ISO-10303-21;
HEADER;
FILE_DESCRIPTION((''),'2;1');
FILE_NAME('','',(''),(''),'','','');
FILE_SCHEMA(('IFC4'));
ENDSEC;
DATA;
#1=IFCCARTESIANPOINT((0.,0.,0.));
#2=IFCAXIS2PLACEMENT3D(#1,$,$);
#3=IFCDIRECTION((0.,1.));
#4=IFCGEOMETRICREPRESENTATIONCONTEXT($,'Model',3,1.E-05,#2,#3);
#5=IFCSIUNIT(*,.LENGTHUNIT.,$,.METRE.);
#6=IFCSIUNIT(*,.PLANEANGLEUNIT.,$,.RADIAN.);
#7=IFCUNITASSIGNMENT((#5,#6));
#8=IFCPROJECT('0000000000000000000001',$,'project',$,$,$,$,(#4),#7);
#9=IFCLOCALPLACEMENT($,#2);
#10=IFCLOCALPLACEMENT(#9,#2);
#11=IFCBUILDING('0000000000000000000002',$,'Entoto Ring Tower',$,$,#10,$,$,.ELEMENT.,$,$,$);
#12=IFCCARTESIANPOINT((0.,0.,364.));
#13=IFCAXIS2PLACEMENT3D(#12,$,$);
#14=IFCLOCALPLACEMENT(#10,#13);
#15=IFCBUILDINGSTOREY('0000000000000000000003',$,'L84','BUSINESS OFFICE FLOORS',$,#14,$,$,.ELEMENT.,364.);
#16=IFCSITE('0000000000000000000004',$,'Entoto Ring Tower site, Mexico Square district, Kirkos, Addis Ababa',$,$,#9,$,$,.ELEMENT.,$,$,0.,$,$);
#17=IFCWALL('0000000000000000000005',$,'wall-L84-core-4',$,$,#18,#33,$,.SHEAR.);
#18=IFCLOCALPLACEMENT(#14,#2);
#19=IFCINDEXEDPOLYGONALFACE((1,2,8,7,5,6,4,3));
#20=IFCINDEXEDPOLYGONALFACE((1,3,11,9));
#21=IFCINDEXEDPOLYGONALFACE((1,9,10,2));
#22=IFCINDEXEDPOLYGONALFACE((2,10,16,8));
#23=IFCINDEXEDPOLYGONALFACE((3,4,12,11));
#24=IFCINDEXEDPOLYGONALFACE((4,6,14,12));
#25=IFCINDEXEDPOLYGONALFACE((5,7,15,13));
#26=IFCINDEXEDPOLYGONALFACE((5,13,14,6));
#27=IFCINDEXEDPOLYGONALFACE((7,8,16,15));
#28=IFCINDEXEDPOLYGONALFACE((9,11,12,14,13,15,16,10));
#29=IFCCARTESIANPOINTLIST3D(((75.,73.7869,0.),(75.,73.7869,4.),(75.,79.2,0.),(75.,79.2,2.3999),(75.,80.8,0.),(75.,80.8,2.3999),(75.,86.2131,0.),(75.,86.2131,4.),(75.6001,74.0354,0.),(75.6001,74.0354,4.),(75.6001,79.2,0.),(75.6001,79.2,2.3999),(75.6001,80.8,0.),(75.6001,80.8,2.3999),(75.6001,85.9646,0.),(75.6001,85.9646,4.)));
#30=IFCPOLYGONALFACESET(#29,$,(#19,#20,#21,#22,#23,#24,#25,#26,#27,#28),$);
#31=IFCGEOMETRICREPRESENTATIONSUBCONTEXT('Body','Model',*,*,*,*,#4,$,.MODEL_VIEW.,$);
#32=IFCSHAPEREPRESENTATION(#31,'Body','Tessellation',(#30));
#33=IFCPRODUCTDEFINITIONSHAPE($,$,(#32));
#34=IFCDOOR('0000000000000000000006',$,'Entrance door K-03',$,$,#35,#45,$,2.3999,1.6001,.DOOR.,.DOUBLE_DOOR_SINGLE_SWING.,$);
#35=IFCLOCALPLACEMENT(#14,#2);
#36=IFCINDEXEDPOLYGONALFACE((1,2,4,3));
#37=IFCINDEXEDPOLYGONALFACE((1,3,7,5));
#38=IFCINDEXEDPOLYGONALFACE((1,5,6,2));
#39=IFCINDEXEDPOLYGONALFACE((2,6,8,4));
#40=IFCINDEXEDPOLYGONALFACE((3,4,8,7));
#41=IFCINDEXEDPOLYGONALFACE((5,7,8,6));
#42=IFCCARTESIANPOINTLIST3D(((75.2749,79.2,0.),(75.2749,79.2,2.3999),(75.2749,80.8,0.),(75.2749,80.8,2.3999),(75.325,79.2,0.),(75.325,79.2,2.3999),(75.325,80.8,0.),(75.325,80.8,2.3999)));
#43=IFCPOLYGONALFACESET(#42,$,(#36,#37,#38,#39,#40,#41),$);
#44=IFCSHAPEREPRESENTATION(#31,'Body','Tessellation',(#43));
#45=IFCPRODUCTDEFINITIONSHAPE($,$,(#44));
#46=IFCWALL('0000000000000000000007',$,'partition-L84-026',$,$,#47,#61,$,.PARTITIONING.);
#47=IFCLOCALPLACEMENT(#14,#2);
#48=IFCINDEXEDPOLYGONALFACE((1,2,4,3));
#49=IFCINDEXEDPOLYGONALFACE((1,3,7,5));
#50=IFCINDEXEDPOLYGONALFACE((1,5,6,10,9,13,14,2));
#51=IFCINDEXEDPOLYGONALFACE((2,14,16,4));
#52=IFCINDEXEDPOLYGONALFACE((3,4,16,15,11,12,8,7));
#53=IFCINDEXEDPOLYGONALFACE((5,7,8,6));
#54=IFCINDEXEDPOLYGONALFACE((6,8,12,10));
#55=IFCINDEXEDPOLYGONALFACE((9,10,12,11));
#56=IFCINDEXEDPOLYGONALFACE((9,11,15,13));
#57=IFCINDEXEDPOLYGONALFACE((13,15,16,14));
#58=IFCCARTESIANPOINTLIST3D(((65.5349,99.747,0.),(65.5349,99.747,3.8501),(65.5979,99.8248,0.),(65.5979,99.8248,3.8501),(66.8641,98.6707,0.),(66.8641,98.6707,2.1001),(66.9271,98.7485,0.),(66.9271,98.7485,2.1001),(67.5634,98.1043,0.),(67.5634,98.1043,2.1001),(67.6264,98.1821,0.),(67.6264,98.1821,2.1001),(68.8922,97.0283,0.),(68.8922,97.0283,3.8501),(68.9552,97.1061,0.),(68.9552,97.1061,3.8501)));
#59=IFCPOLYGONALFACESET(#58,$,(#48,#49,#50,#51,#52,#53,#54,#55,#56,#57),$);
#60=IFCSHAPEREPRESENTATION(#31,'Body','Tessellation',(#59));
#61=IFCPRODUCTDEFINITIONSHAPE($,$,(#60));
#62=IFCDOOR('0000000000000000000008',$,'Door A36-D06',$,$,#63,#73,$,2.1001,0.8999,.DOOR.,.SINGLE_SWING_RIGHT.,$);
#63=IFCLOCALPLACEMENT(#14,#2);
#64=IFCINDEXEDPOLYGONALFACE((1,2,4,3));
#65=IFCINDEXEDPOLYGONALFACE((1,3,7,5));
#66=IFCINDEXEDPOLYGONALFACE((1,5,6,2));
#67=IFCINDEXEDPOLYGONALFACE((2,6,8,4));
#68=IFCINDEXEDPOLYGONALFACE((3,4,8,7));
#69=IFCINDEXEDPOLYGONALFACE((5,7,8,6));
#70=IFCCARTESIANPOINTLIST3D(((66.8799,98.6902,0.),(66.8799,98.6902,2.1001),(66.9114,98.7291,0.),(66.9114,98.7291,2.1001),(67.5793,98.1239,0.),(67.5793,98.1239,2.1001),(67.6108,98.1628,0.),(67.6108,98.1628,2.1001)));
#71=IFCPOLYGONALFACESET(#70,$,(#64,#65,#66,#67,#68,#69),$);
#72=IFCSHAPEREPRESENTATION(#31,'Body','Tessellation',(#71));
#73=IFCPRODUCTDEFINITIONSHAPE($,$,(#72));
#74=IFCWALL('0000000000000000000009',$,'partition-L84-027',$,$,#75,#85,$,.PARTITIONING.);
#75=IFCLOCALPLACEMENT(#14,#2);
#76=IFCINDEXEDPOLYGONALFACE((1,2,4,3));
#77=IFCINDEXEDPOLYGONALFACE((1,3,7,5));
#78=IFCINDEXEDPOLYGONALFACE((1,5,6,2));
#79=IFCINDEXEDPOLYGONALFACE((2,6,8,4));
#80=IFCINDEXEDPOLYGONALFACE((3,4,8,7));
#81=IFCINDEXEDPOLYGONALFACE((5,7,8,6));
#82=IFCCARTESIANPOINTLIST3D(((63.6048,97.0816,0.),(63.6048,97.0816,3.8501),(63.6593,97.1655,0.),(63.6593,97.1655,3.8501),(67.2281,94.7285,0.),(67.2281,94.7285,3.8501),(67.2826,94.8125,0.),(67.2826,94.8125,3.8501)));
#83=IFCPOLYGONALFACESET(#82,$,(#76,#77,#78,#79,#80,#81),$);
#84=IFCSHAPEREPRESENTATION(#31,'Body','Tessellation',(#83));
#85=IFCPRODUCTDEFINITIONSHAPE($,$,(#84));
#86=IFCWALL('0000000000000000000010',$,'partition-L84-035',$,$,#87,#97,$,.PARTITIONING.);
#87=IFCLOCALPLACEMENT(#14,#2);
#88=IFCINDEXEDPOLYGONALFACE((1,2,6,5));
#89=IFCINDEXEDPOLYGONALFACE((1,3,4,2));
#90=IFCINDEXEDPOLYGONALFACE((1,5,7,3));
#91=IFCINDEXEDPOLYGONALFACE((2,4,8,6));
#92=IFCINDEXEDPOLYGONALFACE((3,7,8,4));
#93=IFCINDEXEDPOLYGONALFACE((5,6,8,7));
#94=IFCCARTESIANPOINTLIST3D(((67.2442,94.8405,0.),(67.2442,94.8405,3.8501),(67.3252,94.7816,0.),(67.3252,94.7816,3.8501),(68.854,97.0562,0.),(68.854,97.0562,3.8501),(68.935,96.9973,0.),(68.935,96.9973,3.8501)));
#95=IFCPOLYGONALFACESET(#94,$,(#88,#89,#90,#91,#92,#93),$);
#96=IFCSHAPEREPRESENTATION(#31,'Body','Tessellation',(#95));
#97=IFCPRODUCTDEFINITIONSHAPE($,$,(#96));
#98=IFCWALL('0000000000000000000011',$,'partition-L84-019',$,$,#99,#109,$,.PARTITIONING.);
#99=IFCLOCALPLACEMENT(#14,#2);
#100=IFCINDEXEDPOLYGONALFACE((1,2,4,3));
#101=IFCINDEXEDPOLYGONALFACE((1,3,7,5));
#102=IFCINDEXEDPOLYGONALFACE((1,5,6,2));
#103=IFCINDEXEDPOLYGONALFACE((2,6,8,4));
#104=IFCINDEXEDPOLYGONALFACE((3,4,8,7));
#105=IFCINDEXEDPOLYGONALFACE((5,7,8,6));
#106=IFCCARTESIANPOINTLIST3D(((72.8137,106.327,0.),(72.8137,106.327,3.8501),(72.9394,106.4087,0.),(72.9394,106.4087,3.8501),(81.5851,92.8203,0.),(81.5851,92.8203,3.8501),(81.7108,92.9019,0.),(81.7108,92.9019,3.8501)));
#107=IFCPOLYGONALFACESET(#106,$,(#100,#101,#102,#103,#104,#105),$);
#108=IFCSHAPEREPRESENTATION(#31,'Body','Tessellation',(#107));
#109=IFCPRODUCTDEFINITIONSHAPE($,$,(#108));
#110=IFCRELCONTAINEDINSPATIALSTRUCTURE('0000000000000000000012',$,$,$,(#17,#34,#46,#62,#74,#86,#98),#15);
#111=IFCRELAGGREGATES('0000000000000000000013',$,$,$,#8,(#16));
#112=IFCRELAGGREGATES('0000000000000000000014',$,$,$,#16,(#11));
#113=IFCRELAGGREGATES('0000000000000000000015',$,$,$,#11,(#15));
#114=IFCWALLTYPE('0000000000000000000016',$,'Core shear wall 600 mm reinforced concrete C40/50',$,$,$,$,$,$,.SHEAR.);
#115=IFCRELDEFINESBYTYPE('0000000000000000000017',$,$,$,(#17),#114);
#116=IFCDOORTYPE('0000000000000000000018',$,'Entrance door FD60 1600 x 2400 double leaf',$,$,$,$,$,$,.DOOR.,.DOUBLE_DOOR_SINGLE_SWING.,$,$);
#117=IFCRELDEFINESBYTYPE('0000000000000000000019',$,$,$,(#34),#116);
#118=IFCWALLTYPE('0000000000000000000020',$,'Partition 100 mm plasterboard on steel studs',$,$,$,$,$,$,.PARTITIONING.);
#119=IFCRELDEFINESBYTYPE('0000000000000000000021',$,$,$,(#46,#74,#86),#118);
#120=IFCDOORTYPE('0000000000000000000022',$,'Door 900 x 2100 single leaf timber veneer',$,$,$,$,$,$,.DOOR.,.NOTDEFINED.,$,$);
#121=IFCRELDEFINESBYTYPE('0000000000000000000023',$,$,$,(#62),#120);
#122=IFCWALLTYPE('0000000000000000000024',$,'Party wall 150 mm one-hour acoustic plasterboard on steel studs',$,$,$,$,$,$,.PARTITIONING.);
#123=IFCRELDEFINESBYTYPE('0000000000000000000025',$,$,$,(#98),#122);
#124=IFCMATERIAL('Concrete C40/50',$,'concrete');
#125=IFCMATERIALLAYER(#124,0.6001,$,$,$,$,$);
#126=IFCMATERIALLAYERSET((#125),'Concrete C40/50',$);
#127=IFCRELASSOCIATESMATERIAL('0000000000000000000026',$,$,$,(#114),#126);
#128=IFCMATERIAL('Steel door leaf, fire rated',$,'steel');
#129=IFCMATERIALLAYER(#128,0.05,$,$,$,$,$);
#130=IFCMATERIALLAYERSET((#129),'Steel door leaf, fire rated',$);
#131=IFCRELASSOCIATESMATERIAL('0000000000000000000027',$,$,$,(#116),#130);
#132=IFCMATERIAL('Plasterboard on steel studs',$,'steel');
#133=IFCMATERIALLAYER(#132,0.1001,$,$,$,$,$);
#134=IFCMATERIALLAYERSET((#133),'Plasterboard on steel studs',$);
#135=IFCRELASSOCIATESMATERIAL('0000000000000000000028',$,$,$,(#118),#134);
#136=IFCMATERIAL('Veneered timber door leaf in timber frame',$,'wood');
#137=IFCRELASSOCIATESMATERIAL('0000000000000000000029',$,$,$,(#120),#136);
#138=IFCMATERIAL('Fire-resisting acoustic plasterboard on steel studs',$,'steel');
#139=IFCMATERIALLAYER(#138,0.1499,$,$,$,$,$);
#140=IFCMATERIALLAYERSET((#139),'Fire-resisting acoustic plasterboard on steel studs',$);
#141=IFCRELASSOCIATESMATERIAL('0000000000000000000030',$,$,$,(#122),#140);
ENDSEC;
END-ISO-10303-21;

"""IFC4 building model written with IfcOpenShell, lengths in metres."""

from ifc_helpers import new_model, si_unit, direction, frame, frame_2d, origin, place, context, subcontext, project, spatial, polyline, rectangle, outline, extrude, material, layer, layer_set, type_object, element, fill, save


model = new_model("IFC4")

# Units and contexts
model_context = context("Model", 3, precision=1e-05, world=origin(), true_north=direction((0.0, 1.0)))
body_context = subcontext(model_context, "Body", "Model", "MODEL_VIEW")
ifc_project = project(units=[si_unit("LENGTHUNIT", "METRE"), si_unit("PLANEANGLEUNIT", "RADIAN")], contexts=[model_context])

# Site, building, storey
site_placement = place(None, origin())
site = spatial("IfcSite", under=ifc_project, at=site_placement, Name="Entoto Ring Tower site, Mexico Square district, Kirkos, Addis Ababa", CompositionType="ELEMENT", RefElevation=0.0)
building_placement = place(site_placement, origin())
building = spatial("IfcBuilding", under=site, at=building_placement, Name="Entoto Ring Tower", CompositionType="ELEMENT")
storey_placement = place(building_placement, frame((0.0, 0.0, 364.0)))
storey = spatial("IfcBuildingStorey", under=building, at=storey_placement, Name="L84", Description="BUSINESS OFFICE FLOORS", CompositionType="ELEMENT", Elevation=364.0)

# Shared definitions
ifc_material_1 = material(Name="Concrete C40/50", Category="concrete")
ifc_layer_1 = layer(ifc_material_1, 0.6001)
ifc_layer_set_1 = layer_set([ifc_layer_1], Name="Concrete C40/50")
wall_type_1 = type_object("IfcWallType", Name="Core shear wall 600 mm reinforced concrete C40/50", PredefinedType="SHEAR", material=ifc_layer_set_1)

# Walls, openings, doors
wall_1_placement = place(storey_placement, frame((75.3, 86.0889, 0.0), z_axis=(0.0, 0.0, 1.0), x_axis=(0.0, -1.0, 0.0)))
wall_1 = element("IfcWall", 1, at=wall_1_placement, inside=storey, type_object=wall_type_1, Name="wall-L84-core-4", PredefinedType="SHEAR", context=body_context, shape_type="SweptSolid", body=[
    extrude(outline(polyline([(-0.1243, -0.3), (12.302, -0.3), (12.0535, 0.3), (0.1243, 0.3), (-0.1243, -0.3)])), origin(), (0.0, 0.0, 1.0), 4.0),
])
opening_1_placement = place(wall_1_placement, frame((5.2888, 0.0, 0.0)))
opening_1 = element("IfcOpeningElement", 2, at=opening_1_placement, cuts=wall_1, PredefinedType="OPENING", context=body_context, shape_type="SweptSolid", body=[
    extrude(rectangle(XDim=1.6001, YDim=2.3999, at=frame_2d((0.8, 1.2))), frame((0.0, 0.3101, 0.0), z_axis=(0.0, -1.0, 0.0), x_axis=(1.0, 0.0, 0.0)), (0.0, 0.0, 1.0), 0.6201),
])
ifc_material_2 = material(Name="Steel door leaf, fire rated", Category="steel")
ifc_layer_2 = layer(ifc_material_2, 0.05)
ifc_layer_set_2 = layer_set([ifc_layer_2], Name="Steel door leaf, fire rated")
door_type_1 = type_object("IfcDoorType", Name="Entrance door FD60 1600 x 2400 double leaf", OperationType="DOUBLE_DOOR_SINGLE_SWING", PredefinedType="DOOR", material=ifc_layer_set_2)
door_1_placement = place(opening_1_placement, origin())
door_1 = element("IfcDoor", 3, at=door_1_placement, inside=storey, type_object=door_type_1, Name="Entrance door K-03", OperationType="DOUBLE_DOOR_SINGLE_SWING", OverallHeight=2.3999, OverallWidth=1.6001, PredefinedType="DOOR", context=body_context, shape_type="SweptSolid", body=[
    extrude(rectangle(XDim=1.6001, YDim=2.3999, at=frame_2d((0.8, 1.2))), frame((0.0, 0.0249, 0.0), z_axis=(0.0, -1.0, 0.0), x_axis=(1.0, 0.0, 0.0)), (0.0, 0.0, 1.0), 0.05),
])
fill(opening_1, door_1)
ifc_material_3 = material(Name="Plasterboard on steel studs", Category="steel")
ifc_layer_3 = layer(ifc_material_3, 0.1001)
ifc_layer_set_3 = layer_set([ifc_layer_3], Name="Plasterboard on steel studs")
wall_type_2 = type_object("IfcWallType", Name="Partition 100 mm plasterboard on steel studs", PredefinedType="PARTITIONING", material=ifc_layer_set_3)
wall_2_placement = place(storey_placement, frame((68.9238, 97.0671, 0.0), z_axis=(0.0, 0.0, 1.0), x_axis=(-0.77715, 0.629315, 0.0)))
wall_2 = element("IfcWall", 4, at=wall_2_placement, inside=storey, type_object=wall_type_2, Name="partition-L84-026", PredefinedType="PARTITIONING", context=body_context, shape_type="SweptSolid", body=[
    extrude(rectangle(XDim=4.3201, YDim=0.1001, at=frame_2d((2.1602, 0.0))), origin(), (0.0, 0.0, 1.0), 3.8501),
])
opening_2_placement = place(wall_2_placement, frame((1.71, 0.0, 0.0)))
opening_2 = element("IfcOpeningElement", 5, at=opening_2_placement, cuts=wall_2, PredefinedType="OPENING", context=body_context, shape_type="SweptSolid", body=[
    extrude(rectangle(XDim=0.8999, YDim=2.1001, at=frame_2d((0.45, 1.05))), frame((0.0, 0.0601, 0.0), z_axis=(0.0, -1.0, 0.0), x_axis=(1.0, 0.0, 0.0)), (0.0, 0.0, 1.0), 0.1201),
])
ifc_material_4 = material(Name="Veneered timber door leaf in timber frame", Category="wood")
door_type_2 = type_object("IfcDoorType", Name="Door 900 x 2100 single leaf timber veneer", OperationType="NOTDEFINED", PredefinedType="DOOR", material=ifc_material_4)
door_2_placement = place(opening_2_placement, origin())
door_2 = element("IfcDoor", 6, at=door_2_placement, inside=storey, type_object=door_type_2, Name="Door A36-D06", OperationType="SINGLE_SWING_RIGHT", OverallHeight=2.1001, OverallWidth=0.8999, PredefinedType="DOOR", context=body_context, shape_type="SweptSolid", body=[
    extrude(rectangle(XDim=0.8999, YDim=2.1001, at=frame_2d((0.45, 1.05))), frame((0.0, 0.0249, 0.0), z_axis=(0.0, -1.0, 0.0), x_axis=(1.0, 0.0, 0.0)), (0.0, 0.0, 1.0), 0.05),
])
fill(opening_2, door_2)

# Walls
wall_3_placement = place(storey_placement, frame((67.2554, 94.7705, 0.0), z_axis=(0.0, 0.0, 1.0), x_axis=(-0.838667, 0.544645, 0.0)))
element("IfcWall", 7, at=wall_3_placement, inside=storey, type_object=wall_type_2, Name="partition-L84-027", PredefinedType="PARTITIONING", context=body_context, shape_type="SweptSolid", body=[
    extrude(rectangle(XDim=4.3203, YDim=0.1001, at=frame_2d((2.1602, 0.0))), origin(), (0.0, 0.0, 1.0), 3.8501),
])
wall_4_placement = place(storey_placement, frame((67.2847, 94.811, 0.0), z_axis=(0.0, 0.0, 1.0), x_axis=(0.587779, 0.809021, 0.0)))
element("IfcWall", 8, at=wall_4_placement, inside=storey, type_object=wall_type_2, Name="partition-L84-035", PredefinedType="PARTITIONING", context=body_context, shape_type="SweptSolid", body=[
    extrude(rectangle(XDim=2.7388, YDim=0.1001, at=frame_2d((1.3694, 0.0))), origin(), (0.0, 0.0, 1.0), 3.8501),
])
ifc_material_5 = material(Name="Fire-resisting acoustic plasterboard on steel studs", Category="steel")
ifc_layer_4 = layer(ifc_material_5, 0.1499)
ifc_layer_set_4 = layer_set([ifc_layer_4], Name="Fire-resisting acoustic plasterboard on steel studs")
wall_type_3 = type_object("IfcWallType", Name="Party wall 150 mm one-hour acoustic plasterboard on steel studs", PredefinedType="PARTITIONING", material=ifc_layer_set_4)
wall_5_placement = place(storey_placement, frame((81.6479, 92.8611, 0.0), z_axis=(0.0, 0.0, 1.0), x_axis=(-0.544641, 0.838669, 0.0)))
element("IfcWall", 9, at=wall_5_placement, inside=storey, type_object=wall_type_3, Name="partition-L84-019", PredefinedType="PARTITIONING", context=body_context, shape_type="SweptSolid", body=[
    extrude(rectangle(XDim=16.105, YDim=0.1499, at=frame_2d((8.0525, 0.0))), origin(), (0.0, 0.0, 1.0), 3.8501),
])

save(model, "model.ifc")
